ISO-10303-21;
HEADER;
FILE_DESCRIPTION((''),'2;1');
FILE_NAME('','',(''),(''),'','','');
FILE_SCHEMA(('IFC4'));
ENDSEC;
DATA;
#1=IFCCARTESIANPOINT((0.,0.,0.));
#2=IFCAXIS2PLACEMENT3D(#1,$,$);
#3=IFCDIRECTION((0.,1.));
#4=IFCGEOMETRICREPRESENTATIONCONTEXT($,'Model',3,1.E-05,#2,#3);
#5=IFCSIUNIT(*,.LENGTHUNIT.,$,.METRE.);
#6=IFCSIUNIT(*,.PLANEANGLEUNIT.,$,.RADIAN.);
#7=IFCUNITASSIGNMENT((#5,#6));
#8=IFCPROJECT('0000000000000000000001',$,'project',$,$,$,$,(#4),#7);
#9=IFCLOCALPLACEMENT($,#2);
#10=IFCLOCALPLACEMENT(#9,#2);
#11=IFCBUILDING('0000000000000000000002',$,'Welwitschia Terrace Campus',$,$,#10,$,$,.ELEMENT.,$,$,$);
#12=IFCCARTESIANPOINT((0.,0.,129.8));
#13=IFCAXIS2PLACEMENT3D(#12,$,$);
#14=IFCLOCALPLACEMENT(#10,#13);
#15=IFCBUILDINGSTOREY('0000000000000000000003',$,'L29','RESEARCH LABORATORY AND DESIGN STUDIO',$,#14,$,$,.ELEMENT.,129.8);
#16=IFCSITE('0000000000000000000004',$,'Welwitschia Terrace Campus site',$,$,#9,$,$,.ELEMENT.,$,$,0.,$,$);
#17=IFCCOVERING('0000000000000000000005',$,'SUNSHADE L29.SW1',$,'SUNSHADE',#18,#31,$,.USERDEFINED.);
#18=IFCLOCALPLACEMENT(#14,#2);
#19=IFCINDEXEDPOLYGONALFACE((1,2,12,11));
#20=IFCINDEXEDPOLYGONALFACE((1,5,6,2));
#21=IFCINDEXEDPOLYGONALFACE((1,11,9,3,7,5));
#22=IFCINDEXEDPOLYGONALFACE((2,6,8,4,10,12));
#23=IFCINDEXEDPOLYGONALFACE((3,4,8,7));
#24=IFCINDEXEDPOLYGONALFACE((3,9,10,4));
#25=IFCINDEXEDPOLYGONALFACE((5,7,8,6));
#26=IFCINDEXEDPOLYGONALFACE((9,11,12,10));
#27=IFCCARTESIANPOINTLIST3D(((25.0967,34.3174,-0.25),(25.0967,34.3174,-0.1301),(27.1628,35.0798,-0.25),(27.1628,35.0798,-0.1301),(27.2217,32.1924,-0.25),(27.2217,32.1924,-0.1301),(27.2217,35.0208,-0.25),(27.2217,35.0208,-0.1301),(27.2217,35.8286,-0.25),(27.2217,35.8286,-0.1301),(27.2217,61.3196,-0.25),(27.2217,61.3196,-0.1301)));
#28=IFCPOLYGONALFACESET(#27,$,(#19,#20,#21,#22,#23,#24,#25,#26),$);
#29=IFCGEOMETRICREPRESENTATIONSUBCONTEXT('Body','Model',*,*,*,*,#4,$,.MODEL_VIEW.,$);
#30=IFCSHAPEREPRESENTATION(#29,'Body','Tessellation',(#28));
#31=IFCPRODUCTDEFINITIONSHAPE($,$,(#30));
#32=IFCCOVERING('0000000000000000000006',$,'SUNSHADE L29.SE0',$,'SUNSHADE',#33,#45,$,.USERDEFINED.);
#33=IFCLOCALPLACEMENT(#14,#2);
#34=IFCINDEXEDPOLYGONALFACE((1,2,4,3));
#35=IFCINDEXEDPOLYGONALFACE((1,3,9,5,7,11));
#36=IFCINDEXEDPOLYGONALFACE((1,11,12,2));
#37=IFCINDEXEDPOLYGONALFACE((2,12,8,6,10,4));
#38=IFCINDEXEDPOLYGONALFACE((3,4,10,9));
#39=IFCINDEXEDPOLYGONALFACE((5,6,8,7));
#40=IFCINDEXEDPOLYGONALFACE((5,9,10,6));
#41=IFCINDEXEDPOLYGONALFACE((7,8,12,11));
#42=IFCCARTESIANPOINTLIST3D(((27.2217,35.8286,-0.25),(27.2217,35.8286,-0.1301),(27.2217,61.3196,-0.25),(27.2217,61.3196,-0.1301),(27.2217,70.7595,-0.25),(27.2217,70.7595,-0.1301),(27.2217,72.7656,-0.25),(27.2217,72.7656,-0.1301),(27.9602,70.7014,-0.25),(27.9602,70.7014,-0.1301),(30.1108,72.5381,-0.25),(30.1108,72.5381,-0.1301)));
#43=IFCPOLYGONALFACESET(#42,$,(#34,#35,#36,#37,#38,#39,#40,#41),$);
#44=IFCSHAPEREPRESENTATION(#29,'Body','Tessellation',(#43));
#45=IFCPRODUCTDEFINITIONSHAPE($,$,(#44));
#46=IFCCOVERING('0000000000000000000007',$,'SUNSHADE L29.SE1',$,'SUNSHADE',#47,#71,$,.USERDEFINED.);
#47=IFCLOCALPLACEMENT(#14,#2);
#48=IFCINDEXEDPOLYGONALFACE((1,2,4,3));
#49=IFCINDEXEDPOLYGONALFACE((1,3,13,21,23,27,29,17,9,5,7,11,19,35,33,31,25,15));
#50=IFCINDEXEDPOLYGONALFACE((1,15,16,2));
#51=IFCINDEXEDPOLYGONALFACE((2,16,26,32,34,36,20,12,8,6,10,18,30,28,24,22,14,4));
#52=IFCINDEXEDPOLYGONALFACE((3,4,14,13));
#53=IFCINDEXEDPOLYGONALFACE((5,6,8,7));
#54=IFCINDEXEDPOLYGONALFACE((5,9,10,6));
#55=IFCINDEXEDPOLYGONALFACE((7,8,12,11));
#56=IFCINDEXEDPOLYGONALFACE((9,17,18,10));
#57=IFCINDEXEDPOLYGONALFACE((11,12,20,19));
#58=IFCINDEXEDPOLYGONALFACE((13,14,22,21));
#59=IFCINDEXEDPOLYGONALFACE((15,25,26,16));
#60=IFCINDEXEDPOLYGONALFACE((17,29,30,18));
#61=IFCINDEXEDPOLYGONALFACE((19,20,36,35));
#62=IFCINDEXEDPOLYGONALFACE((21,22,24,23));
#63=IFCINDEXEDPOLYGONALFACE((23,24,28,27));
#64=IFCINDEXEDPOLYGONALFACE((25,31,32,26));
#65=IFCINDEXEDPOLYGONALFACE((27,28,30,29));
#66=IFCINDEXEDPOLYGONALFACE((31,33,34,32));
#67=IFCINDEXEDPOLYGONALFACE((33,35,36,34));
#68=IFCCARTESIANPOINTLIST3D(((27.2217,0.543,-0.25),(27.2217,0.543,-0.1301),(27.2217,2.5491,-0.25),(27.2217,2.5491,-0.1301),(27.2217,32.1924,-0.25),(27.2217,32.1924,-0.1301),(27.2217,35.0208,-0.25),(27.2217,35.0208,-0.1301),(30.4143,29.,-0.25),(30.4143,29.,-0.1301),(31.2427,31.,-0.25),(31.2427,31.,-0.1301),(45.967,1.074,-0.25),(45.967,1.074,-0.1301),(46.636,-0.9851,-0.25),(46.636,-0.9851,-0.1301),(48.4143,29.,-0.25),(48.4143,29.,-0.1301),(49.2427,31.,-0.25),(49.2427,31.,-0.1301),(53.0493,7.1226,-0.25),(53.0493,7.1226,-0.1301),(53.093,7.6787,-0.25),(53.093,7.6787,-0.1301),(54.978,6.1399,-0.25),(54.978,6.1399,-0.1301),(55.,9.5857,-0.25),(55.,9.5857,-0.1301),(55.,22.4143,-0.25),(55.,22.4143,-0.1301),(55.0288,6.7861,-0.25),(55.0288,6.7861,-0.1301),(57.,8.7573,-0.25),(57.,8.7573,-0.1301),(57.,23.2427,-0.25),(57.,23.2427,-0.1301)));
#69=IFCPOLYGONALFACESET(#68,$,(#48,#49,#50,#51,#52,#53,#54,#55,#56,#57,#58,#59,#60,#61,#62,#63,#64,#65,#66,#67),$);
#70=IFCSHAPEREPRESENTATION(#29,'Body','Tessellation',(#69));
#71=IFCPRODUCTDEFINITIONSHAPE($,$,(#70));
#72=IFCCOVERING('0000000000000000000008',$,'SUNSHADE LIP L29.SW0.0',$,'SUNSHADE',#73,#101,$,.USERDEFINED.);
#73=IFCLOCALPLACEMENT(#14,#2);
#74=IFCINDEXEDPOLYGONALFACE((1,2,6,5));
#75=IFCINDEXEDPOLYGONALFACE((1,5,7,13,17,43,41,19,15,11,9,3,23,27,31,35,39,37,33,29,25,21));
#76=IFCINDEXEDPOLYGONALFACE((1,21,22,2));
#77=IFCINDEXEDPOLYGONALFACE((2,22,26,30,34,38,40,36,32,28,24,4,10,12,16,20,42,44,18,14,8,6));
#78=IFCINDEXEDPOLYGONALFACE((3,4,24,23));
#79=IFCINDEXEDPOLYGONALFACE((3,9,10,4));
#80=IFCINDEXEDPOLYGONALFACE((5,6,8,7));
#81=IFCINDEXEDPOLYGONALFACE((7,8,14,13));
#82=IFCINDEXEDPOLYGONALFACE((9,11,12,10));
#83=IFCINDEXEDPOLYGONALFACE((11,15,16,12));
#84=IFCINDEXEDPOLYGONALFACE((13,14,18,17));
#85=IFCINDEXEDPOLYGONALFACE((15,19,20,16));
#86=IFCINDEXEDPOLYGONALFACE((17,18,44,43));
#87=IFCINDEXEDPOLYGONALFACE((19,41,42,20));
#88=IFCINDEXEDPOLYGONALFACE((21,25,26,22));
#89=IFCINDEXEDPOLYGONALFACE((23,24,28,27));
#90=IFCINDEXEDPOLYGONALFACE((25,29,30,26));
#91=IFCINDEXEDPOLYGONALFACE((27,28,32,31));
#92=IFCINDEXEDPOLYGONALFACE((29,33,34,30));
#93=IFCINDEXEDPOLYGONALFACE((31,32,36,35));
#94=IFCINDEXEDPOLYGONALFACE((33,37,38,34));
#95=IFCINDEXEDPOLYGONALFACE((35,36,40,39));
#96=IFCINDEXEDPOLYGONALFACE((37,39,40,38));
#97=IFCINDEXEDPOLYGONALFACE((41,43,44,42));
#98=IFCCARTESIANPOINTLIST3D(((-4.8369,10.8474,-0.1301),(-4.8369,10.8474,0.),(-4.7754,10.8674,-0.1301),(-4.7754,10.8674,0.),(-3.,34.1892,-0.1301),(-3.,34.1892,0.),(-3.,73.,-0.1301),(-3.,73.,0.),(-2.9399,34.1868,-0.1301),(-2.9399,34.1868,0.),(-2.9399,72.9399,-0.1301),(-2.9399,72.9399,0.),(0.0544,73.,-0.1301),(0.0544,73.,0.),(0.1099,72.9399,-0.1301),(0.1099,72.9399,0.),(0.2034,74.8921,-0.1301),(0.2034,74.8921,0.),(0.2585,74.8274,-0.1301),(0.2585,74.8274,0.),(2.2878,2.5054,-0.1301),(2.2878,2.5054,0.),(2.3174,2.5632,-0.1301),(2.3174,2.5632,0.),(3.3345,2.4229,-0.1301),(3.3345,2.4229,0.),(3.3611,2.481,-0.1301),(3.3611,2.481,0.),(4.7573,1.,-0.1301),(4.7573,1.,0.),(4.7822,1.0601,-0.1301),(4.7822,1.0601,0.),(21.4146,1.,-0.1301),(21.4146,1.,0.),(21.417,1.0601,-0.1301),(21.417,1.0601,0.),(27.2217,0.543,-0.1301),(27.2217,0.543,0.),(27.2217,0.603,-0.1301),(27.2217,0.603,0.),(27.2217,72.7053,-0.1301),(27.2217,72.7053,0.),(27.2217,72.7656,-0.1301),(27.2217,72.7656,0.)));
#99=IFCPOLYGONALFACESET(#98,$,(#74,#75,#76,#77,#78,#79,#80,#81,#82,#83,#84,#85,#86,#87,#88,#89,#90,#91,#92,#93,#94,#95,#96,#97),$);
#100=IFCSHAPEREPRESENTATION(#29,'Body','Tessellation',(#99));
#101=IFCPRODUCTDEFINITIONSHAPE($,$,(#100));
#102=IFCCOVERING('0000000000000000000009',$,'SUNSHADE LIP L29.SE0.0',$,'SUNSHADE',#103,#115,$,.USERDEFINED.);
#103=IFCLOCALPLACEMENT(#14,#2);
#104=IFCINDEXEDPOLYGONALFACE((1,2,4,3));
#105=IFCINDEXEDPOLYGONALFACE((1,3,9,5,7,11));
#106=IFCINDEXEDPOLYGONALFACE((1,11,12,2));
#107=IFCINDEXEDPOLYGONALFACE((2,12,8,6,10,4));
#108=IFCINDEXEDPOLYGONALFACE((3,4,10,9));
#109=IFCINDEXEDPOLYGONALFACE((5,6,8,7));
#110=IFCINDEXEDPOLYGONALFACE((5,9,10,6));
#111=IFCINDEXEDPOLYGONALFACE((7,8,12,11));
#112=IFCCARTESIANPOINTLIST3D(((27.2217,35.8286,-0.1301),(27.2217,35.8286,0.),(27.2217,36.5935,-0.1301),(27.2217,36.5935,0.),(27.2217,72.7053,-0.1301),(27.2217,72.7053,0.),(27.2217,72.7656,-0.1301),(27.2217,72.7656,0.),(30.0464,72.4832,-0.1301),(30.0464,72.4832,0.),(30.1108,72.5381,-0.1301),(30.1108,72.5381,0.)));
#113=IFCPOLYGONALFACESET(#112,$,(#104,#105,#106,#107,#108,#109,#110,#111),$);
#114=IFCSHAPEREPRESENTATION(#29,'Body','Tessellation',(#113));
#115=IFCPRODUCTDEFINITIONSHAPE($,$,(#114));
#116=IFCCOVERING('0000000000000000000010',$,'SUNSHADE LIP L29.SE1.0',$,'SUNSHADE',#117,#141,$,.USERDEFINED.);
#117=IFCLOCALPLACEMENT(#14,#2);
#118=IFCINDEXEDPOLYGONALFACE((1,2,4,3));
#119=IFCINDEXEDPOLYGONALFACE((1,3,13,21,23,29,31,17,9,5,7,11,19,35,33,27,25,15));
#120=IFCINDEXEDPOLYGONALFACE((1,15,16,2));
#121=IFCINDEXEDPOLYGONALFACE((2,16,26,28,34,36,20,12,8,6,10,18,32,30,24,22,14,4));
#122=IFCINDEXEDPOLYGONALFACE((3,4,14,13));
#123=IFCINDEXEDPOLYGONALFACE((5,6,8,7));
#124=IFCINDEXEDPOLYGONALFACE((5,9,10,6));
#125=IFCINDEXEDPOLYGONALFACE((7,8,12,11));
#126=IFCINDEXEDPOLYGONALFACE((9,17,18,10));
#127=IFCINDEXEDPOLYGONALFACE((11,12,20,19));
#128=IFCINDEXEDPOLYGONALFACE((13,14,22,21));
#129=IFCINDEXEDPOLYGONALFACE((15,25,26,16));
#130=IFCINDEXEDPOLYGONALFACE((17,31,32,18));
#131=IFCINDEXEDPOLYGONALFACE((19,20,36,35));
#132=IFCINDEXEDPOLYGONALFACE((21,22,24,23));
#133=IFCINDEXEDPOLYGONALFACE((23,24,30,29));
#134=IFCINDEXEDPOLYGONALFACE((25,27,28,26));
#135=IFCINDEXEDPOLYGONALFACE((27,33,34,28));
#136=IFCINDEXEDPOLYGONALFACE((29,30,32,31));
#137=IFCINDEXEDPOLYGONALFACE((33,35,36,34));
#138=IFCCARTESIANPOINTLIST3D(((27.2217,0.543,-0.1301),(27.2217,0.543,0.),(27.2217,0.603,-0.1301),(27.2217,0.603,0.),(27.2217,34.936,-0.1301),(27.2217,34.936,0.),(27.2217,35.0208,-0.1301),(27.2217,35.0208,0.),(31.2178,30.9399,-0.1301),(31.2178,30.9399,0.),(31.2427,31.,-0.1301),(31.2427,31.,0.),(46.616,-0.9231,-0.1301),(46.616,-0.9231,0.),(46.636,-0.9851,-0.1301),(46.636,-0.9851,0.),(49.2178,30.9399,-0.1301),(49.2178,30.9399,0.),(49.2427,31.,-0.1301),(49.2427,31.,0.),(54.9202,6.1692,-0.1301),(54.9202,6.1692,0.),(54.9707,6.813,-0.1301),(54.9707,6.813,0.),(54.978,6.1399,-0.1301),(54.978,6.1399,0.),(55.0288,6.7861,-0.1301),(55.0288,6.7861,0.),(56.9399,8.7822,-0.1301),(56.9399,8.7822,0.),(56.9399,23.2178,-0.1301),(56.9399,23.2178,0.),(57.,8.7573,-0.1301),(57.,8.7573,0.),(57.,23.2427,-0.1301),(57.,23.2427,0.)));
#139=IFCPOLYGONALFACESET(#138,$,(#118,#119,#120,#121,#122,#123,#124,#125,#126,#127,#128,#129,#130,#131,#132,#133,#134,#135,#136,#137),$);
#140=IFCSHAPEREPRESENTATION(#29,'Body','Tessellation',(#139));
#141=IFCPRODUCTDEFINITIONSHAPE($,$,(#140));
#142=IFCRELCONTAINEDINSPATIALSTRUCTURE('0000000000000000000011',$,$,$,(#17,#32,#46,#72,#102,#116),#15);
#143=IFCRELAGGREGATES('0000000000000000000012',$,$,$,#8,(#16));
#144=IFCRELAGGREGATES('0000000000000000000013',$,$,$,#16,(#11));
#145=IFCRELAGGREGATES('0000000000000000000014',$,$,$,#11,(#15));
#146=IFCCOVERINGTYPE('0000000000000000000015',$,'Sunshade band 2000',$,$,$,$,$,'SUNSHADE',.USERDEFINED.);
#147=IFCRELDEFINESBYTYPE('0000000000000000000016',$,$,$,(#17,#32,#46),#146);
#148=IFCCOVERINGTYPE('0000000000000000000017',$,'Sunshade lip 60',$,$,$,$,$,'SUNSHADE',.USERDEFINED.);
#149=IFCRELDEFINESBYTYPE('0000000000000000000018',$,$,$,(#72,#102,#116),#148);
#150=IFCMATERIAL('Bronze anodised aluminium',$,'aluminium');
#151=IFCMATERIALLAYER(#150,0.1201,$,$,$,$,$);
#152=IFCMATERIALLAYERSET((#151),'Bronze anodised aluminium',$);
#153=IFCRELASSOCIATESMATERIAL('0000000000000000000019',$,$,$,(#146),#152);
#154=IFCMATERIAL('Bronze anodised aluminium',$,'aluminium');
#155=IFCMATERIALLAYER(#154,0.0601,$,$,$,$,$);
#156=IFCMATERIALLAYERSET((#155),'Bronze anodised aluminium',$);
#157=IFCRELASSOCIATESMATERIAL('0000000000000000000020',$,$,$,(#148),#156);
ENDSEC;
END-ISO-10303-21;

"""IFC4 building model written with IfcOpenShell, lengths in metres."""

from ifc_helpers import new_model, si_unit, direction, frame, origin, place, context, subcontext, project, spatial, polyline, outline, extrude, material, layer, layer_set, type_object, element, save


model = new_model("IFC4")

# Units and contexts
model_context = context("Model", 3, precision=1e-05, world=origin(), true_north=direction((0.0, 1.0)))
body_context = subcontext(model_context, "Body", "Model", "MODEL_VIEW")
ifc_project = project(units=[si_unit("LENGTHUNIT", "METRE"), si_unit("PLANEANGLEUNIT", "RADIAN")], contexts=[model_context])

# Site, building, storey
site_placement = place(None, origin())
site = spatial("IfcSite", under=ifc_project, at=site_placement, Name="Welwitschia Terrace Campus site", CompositionType="ELEMENT", RefElevation=0.0)
building_placement = place(site_placement, origin())
building = spatial("IfcBuilding", under=site, at=building_placement, Name="Welwitschia Terrace Campus", CompositionType="ELEMENT")
storey_placement = place(building_placement, frame((0.0, 0.0, 129.8)))
storey = spatial("IfcBuildingStorey", under=building, at=storey_placement, Name="L29", Description="RESEARCH LABORATORY AND DESIGN STUDIO", CompositionType="ELEMENT", Elevation=129.8)

# Coverings
ifc_material_1 = material(Name="Bronze anodised aluminium", Category="aluminium")
ifc_layer_1 = layer(ifc_material_1, 0.1201)
ifc_layer_set_1 = layer_set([ifc_layer_1], Name="Bronze anodised aluminium")
covering_type_1 = type_object("IfcCoveringType", Name="Sunshade band 2000", ElementType="SUNSHADE", PredefinedType="USERDEFINED", material=ifc_layer_set_1)
covering_1_placement = place(storey_placement, frame((0.0, 0.0, -0.25)))
element("IfcCovering", 1, at=covering_1_placement, inside=storey, type_object=covering_type_1, Name="SUNSHADE L29.SW1", ObjectType="SUNSHADE", PredefinedType="USERDEFINED", context=body_context, shape_type="SweptSolid", body=[
    extrude(outline(polyline([(27.1628, 35.0798), (27.2217, 35.0208), (27.2217, 32.1924), (25.0967, 34.3174), (27.2217, 61.3196), (27.2217, 35.8286), (27.1628, 35.0798)])), origin(), (0.0, 0.0, 1.0), 0.1199),
])
covering_2_placement = place(storey_placement, frame((0.0, 0.0, -0.25)))
element("IfcCovering", 2, at=covering_2_placement, inside=storey, type_object=covering_type_1, Name="SUNSHADE L29.SE0", ObjectType="SUNSHADE", PredefinedType="USERDEFINED", context=body_context, shape_type="SweptSolid", body=[
    extrude(outline(polyline([(30.1108, 72.5381), (27.2217, 35.8286), (27.2217, 61.3196), (27.9602, 70.7014), (27.2217, 70.7595), (27.2217, 72.7656), (30.1108, 72.5381)])), origin(), (0.0, 0.0, 1.0), 0.1199),
])
covering_3_placement = place(storey_placement, frame((0.0, 0.0, -0.25)))
element("IfcCovering", 3, at=covering_3_placement, inside=storey, type_object=covering_type_1, Name="SUNSHADE L29.SE1", ObjectType="SUNSHADE", PredefinedType="USERDEFINED", context=body_context, shape_type="SweptSolid", body=[
    extrude(outline(polyline([(31.2427, 31.0), (49.2427, 31.0), (57.0, 23.2427), (57.0, 8.7573), (55.0288, 6.7861), (54.978, 6.1399), (46.636, -0.9851), (27.2217, 0.543), (27.2217, 2.5491), (45.967, 1.074), (53.0493, 7.1226), (53.093, 7.6787), (55.0, 9.5857), (55.0, 22.4143), (48.4143, 29.0), (30.4143, 29.0), (27.2217, 32.1924), (27.2217, 35.0208), (31.2427, 31.0)])), origin(), (0.0, 0.0, 1.0), 0.1199),
])
ifc_material_2 = material(Name="Bronze anodised aluminium", Category="aluminium")
ifc_layer_2 = layer(ifc_material_2, 0.0601)
ifc_layer_set_2 = layer_set([ifc_layer_2], Name="Bronze anodised aluminium")
covering_type_2 = type_object("IfcCoveringType", Name="Sunshade lip 60", ElementType="SUNSHADE", PredefinedType="USERDEFINED", material=ifc_layer_set_2)
covering_4_placement = place(storey_placement, frame((0.0, 0.0, -0.1301)))
element("IfcCovering", 4, at=covering_4_placement, inside=storey, type_object=covering_type_2, Name="SUNSHADE LIP L29.SW0.0", ObjectType="SUNSHADE", PredefinedType="USERDEFINED", context=body_context, shape_type="SweptSolid", body=[
    extrude(outline(polyline([(0.2034, 74.8921), (27.2217, 72.7656), (27.2217, 72.7053), (0.2585, 74.8274), (0.1099, 72.9399), (-2.9399, 72.9399), (-2.9399, 34.1868), (-4.7754, 10.8674), (2.3174, 2.5632), (3.3611, 2.481), (4.7822, 1.0601), (21.417, 1.0601), (27.2217, 0.603), (27.2217, 0.543), (21.4146, 1.0), (4.7573, 1.0), (3.3345, 2.4229), (2.2878, 2.5054), (-4.8369, 10.8474), (-3.0, 34.1892), (-3.0, 73.0), (0.0544, 73.0), (0.2034, 74.8921)])), origin(), (0.0, 0.0, 1.0), 0.1301),
])
covering_5_placement = place(storey_placement, frame((0.0, 0.0, -0.1301)))
element("IfcCovering", 5, at=covering_5_placement, inside=storey, type_object=covering_type_2, Name="SUNSHADE LIP L29.SE0.0", ObjectType="SUNSHADE", PredefinedType="USERDEFINED", context=body_context, shape_type="SweptSolid", body=[
    extrude(outline(polyline([(27.2217, 35.8286), (27.2217, 36.5935), (30.0464, 72.4832), (27.2217, 72.7053), (27.2217, 72.7656), (30.1108, 72.5381), (27.2217, 35.8286)])), origin(), (0.0, 0.0, 1.0), 0.1301),
])
covering_6_placement = place(storey_placement, frame((0.0, 0.0, -0.1301)))
element("IfcCovering", 6, at=covering_6_placement, inside=storey, type_object=covering_type_2, Name="SUNSHADE LIP L29.SE1.0", ObjectType="SUNSHADE", PredefinedType="USERDEFINED", context=body_context, shape_type="SweptSolid", body=[
    extrude(outline(polyline([(49.2427, 31.0), (57.0, 23.2427), (57.0, 8.7573), (55.0288, 6.7861), (54.978, 6.1399), (46.636, -0.9851), (27.2217, 0.543), (27.2217, 0.603), (46.616, -0.9231), (54.9202, 6.1692), (54.9707, 6.813), (56.9399, 8.7822), (56.9399, 23.2178), (49.2178, 30.9399), (31.2178, 30.9399), (27.2217, 34.936), (27.2217, 35.0208), (31.2427, 31.0), (49.2427, 31.0)])), origin(), (0.0, 0.0, 1.0), 0.1301),
])

save(model, "model.ifc")
